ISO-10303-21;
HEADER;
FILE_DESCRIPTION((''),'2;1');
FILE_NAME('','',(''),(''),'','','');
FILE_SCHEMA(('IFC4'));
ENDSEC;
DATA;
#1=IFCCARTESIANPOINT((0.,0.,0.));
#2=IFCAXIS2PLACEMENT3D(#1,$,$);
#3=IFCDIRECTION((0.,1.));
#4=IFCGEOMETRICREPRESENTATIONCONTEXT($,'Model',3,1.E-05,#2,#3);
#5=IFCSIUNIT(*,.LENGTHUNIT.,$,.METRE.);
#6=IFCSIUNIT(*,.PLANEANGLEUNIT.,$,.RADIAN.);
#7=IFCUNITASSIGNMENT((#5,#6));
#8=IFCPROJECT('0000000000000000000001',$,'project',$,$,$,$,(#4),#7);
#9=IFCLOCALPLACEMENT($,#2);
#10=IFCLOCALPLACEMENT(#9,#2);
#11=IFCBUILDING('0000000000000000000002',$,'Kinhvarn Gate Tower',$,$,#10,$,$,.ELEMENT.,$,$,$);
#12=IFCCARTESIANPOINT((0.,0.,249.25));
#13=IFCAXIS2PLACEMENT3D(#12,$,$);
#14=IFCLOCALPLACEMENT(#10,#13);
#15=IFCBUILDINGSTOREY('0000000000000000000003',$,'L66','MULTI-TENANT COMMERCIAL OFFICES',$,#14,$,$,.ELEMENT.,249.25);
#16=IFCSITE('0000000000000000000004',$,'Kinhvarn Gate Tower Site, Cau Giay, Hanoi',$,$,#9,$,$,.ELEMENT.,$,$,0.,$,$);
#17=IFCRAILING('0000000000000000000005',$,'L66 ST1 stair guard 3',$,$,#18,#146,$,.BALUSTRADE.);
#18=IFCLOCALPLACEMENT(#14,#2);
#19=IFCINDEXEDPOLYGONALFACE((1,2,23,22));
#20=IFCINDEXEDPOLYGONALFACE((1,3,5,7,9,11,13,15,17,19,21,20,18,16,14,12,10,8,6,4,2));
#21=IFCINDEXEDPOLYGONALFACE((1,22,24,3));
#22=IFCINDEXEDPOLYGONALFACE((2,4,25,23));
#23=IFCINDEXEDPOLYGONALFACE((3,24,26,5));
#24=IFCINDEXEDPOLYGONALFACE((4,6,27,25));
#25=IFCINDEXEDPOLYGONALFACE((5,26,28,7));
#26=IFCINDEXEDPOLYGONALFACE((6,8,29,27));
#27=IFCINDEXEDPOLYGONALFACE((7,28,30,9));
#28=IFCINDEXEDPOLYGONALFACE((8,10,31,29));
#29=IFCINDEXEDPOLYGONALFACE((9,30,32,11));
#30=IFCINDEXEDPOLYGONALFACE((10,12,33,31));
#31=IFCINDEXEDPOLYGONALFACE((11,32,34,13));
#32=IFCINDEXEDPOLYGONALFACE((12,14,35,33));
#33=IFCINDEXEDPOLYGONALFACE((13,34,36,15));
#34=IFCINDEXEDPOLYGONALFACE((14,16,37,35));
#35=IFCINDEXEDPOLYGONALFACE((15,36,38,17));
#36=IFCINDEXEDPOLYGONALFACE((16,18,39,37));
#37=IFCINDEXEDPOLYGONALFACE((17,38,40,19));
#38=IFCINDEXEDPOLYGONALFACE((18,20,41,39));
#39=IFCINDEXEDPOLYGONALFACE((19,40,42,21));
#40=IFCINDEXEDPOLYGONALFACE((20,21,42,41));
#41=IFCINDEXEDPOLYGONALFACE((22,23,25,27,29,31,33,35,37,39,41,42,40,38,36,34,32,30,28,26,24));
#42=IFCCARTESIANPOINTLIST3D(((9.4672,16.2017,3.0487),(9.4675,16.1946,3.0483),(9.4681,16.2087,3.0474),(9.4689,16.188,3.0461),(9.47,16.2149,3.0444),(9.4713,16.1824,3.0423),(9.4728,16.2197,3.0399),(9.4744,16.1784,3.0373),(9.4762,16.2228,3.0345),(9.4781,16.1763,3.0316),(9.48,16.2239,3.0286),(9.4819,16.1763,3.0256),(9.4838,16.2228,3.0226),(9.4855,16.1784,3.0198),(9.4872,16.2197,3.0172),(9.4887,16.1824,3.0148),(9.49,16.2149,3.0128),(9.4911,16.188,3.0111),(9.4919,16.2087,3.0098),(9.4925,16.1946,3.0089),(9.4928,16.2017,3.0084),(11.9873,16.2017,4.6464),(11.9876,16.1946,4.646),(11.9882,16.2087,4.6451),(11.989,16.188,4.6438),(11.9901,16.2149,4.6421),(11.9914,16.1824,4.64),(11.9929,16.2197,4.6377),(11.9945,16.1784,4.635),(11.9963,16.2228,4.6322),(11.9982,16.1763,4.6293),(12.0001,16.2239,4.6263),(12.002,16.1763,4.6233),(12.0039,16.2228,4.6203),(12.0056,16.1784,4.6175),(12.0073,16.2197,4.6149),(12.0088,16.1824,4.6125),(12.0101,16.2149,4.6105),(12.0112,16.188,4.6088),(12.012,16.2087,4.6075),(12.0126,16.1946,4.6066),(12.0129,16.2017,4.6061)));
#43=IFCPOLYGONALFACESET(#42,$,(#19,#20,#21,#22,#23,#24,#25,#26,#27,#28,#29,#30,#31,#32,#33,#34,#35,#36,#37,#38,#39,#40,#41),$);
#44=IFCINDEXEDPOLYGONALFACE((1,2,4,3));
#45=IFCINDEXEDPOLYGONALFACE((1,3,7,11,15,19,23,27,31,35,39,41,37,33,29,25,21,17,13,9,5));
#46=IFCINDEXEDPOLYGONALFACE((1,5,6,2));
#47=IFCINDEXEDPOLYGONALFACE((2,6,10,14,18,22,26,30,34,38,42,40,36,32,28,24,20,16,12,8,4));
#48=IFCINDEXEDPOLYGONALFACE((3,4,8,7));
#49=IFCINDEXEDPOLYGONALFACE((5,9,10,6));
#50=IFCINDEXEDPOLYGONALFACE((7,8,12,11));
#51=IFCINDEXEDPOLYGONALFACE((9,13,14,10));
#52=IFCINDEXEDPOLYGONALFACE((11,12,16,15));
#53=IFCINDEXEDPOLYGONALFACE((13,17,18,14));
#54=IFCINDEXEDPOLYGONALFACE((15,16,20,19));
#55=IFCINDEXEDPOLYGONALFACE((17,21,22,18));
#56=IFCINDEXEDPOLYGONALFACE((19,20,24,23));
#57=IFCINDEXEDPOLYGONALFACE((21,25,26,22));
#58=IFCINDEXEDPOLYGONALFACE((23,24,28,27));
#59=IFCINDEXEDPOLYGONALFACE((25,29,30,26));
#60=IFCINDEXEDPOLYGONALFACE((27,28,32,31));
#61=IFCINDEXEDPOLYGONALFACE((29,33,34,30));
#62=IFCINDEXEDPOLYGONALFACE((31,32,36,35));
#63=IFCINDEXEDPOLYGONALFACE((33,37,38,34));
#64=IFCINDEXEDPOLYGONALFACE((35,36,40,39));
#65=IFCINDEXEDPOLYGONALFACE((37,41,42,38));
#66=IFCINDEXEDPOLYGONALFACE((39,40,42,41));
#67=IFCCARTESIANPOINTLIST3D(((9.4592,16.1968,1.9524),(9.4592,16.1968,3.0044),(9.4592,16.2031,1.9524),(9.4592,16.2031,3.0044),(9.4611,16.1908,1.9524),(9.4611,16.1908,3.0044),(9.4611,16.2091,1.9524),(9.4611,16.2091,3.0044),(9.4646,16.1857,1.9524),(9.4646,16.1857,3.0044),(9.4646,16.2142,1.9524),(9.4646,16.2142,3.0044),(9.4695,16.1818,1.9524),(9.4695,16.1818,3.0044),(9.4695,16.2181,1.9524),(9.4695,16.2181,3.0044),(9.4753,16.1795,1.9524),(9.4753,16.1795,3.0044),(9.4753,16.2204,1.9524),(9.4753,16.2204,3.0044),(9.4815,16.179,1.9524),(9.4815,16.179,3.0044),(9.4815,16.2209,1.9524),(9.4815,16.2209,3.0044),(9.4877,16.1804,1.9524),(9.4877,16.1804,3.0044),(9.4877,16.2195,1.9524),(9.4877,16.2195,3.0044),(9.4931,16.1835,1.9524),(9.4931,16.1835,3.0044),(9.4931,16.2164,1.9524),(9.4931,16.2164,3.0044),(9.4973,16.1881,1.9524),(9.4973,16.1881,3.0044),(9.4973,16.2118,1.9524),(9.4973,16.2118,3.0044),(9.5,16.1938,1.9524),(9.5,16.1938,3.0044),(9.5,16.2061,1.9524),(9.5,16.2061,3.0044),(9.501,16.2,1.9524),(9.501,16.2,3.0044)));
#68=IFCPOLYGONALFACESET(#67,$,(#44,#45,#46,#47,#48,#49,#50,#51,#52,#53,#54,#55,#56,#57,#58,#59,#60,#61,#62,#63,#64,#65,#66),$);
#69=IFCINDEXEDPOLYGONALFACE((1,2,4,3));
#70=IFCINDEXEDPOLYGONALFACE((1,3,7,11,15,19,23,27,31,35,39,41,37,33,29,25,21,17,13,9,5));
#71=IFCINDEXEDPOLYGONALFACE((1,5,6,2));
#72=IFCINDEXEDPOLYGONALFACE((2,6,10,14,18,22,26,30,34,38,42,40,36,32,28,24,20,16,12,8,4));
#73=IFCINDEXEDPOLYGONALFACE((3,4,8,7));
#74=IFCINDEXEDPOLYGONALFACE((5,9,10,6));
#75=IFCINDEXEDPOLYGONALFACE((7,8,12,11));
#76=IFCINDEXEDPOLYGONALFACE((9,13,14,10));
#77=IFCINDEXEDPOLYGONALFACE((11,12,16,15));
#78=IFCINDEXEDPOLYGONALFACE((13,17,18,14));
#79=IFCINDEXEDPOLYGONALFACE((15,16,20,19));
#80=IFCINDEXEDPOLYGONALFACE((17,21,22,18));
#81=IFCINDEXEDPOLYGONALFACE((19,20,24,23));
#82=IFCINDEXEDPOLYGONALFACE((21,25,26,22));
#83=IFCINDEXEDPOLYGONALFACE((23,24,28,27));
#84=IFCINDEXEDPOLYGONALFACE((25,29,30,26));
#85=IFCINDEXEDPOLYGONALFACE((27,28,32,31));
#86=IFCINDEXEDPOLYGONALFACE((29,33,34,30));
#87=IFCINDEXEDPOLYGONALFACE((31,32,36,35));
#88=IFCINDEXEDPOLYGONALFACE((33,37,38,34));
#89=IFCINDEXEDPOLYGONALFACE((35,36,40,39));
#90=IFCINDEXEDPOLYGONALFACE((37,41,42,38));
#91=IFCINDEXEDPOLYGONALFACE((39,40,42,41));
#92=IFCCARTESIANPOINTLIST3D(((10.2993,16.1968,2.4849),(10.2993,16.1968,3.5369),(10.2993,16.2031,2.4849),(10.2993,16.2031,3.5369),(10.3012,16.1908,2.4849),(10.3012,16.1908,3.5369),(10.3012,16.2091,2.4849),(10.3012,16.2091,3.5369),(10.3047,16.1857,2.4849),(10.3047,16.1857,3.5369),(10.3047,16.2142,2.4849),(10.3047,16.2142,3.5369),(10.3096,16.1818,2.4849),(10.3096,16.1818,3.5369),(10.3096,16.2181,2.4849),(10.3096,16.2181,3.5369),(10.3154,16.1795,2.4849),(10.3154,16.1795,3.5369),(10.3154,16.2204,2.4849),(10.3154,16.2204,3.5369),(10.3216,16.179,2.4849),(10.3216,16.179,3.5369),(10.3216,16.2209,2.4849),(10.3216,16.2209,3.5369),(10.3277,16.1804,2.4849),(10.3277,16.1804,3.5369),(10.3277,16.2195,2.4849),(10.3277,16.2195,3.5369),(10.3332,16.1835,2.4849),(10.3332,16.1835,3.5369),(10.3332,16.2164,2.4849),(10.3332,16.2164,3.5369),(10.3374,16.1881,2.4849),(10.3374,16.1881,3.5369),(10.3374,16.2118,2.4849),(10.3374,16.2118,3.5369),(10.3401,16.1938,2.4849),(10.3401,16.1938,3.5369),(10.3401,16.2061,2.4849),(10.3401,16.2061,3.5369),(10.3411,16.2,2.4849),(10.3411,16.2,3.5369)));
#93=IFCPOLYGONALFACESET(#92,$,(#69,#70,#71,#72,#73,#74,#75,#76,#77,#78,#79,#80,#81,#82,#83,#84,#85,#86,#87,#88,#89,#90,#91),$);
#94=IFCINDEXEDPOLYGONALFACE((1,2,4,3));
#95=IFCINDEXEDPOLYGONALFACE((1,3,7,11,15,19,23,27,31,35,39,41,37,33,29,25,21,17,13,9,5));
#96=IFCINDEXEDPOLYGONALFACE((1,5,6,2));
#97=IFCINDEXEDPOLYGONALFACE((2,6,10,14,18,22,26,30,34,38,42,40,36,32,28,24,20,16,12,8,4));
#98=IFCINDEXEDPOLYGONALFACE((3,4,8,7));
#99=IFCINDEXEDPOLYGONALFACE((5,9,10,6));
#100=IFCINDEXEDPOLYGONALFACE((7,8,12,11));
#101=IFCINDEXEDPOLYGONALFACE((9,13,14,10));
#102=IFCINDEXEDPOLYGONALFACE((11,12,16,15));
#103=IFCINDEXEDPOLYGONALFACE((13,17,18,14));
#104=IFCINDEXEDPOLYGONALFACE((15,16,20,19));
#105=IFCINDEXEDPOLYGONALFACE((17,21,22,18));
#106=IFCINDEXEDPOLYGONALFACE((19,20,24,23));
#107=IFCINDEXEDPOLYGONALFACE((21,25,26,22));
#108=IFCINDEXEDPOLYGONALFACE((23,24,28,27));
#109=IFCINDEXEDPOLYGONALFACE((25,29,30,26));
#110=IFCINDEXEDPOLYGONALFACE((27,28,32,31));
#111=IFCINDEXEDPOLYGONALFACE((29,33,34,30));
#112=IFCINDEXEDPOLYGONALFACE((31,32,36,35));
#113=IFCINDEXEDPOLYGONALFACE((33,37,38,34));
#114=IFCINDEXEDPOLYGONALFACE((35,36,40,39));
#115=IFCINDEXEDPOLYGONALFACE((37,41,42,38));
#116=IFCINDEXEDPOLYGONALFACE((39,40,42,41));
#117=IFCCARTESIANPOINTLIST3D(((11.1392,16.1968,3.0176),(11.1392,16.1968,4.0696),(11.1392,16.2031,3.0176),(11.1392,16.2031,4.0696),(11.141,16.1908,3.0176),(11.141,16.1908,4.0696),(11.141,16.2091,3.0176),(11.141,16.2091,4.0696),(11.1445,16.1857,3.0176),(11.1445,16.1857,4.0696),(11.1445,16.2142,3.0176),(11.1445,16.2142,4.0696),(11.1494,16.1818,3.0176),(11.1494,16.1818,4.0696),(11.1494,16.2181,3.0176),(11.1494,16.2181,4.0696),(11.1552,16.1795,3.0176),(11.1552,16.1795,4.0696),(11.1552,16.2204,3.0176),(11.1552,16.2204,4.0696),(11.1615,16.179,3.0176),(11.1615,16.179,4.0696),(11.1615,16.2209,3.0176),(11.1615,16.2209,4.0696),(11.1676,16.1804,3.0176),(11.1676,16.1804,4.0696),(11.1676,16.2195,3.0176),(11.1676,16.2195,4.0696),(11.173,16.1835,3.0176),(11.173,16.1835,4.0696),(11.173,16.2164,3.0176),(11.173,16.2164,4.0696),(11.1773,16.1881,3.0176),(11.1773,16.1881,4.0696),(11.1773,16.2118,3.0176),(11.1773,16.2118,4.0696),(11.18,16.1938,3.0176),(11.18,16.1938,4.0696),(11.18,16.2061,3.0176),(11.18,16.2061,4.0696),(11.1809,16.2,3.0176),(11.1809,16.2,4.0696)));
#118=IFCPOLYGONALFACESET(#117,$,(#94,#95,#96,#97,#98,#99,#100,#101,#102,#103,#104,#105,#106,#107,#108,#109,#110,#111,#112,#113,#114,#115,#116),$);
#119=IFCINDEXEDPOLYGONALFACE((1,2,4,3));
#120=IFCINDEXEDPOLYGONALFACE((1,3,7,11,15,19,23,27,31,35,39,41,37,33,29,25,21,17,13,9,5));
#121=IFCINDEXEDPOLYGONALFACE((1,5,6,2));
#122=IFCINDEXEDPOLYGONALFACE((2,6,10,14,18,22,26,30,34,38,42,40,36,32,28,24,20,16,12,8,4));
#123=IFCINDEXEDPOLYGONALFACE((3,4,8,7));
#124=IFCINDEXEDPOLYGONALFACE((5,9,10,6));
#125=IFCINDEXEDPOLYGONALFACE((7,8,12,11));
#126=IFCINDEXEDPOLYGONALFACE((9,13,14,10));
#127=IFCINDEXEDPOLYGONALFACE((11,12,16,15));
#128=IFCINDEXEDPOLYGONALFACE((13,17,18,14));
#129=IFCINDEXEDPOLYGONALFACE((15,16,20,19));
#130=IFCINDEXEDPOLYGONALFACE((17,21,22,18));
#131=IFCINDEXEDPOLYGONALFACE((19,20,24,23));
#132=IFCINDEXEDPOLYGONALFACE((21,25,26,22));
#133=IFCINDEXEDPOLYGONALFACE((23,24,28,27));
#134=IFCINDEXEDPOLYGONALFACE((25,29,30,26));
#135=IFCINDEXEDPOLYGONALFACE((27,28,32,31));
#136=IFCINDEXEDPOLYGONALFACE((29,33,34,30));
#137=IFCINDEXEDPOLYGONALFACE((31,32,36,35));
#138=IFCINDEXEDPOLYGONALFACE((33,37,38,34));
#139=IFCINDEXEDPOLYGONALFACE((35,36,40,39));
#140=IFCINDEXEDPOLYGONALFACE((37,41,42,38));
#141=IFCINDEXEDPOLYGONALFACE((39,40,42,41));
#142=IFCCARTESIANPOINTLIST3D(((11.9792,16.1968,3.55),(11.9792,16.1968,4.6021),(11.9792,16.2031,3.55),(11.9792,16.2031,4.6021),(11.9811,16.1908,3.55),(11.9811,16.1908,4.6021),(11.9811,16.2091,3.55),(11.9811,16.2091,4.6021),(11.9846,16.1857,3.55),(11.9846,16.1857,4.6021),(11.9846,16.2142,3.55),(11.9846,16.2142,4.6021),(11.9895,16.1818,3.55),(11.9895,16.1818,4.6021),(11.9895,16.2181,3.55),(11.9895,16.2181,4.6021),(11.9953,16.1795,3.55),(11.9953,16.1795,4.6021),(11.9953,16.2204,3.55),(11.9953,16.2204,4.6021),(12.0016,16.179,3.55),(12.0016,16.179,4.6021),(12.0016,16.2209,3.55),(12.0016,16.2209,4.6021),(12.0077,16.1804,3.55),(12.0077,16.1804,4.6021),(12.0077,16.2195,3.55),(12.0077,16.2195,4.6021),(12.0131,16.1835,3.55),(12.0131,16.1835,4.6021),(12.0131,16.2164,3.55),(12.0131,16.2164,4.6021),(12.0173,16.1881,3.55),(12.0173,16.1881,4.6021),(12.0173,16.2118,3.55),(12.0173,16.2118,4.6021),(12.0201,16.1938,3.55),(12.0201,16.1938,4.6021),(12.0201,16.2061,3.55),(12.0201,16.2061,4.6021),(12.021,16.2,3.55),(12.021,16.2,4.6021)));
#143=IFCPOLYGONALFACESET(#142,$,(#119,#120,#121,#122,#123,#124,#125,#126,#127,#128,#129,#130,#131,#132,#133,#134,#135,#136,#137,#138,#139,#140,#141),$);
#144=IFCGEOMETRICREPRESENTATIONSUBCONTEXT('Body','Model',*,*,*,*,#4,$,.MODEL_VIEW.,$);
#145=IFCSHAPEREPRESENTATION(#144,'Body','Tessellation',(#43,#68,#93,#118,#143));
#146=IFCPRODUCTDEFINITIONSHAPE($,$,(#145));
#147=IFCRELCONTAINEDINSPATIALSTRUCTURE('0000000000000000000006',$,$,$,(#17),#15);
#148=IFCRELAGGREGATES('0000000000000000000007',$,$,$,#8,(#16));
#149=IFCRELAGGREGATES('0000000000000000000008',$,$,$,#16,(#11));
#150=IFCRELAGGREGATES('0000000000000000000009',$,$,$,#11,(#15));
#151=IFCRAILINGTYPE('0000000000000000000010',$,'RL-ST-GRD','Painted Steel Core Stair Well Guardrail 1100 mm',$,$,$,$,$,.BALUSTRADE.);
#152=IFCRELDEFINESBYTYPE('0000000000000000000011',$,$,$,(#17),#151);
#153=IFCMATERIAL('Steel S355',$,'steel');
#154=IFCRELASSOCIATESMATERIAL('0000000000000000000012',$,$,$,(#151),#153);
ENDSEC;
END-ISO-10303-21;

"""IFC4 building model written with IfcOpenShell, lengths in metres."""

from ifc_helpers import new_model, si_unit, direction, frame, origin, origin_2d, place, context, subcontext, project, spatial, circle, extrude, material, type_object, element, save


model = new_model("IFC4")

# Units and contexts
model_context = context("Model", 3, precision=1e-05, world=origin(), true_north=direction((0.0, 1.0)))
body_context = subcontext(model_context, "Body", "Model", "MODEL_VIEW")
ifc_project = project(units=[si_unit("LENGTHUNIT", "METRE"), si_unit("PLANEANGLEUNIT", "RADIAN")], contexts=[model_context])

# Site, building, storey
site_placement = place(None, origin())
site = spatial("IfcSite", under=ifc_project, at=site_placement, Name="Kinhvarn Gate Tower Site, Cau Giay, Hanoi", CompositionType="ELEMENT", RefElevation=0.0)
building_placement = place(site_placement, origin())
building = spatial("IfcBuilding", under=site, at=building_placement, Name="Kinhvarn Gate Tower", CompositionType="ELEMENT")
storey_placement = place(building_placement, frame((0.0, 0.0, 249.25)))
storey = spatial("IfcBuildingStorey", under=building, at=storey_placement, Name="L66", Description="MULTI-TENANT COMMERCIAL OFFICES", CompositionType="ELEMENT", Elevation=249.25)

# Shared definitions
ifc_material_1 = material(Name="Steel S355", Category="steel")

# Railing
railing_type_1 = type_object("IfcRailingType", Name="RL-ST-GRD", Description="Painted Steel Core Stair Well Guardrail 1100 mm", PredefinedType="BALUSTRADE", material=ifc_material_1)
railing_1_placement = place(storey_placement, frame((9.48, 16.2, 1.9524)))
element("IfcRailing", 1, at=railing_1_placement, inside=storey, type_object=railing_type_1, Name="L66 ST1 stair guard 3", PredefinedType="BALUSTRADE", context=body_context, shape_type="SweptSolid", body=[
    extrude(circle(Radius=0.0239, at=origin_2d()), frame((0.0, 0.0, 1.0762), z_axis=(0.84457, 0.0, 0.535445), x_axis=(0.0, 1.0, 0.0)), (0.0, 0.0, 1.0), 2.9839),
    extrude(circle(Radius=0.021, at=origin_2d()), origin(), (0.0, 0.0, 1.0), 1.052),
    extrude(circle(Radius=0.021, at=origin_2d()), frame((0.8401, 0.0, 0.5325)), (0.0, 0.0, 1.0), 1.052),
    extrude(circle(Radius=0.021, at=origin_2d()), frame((1.6799, 0.0, 1.0652)), (0.0, 0.0, 1.0), 1.052),
    extrude(circle(Radius=0.021, at=origin_2d()), frame((2.52, 0.0, 1.5977)), (0.0, 0.0, 1.0), 1.052),
])

save(model, "model.ifc")
